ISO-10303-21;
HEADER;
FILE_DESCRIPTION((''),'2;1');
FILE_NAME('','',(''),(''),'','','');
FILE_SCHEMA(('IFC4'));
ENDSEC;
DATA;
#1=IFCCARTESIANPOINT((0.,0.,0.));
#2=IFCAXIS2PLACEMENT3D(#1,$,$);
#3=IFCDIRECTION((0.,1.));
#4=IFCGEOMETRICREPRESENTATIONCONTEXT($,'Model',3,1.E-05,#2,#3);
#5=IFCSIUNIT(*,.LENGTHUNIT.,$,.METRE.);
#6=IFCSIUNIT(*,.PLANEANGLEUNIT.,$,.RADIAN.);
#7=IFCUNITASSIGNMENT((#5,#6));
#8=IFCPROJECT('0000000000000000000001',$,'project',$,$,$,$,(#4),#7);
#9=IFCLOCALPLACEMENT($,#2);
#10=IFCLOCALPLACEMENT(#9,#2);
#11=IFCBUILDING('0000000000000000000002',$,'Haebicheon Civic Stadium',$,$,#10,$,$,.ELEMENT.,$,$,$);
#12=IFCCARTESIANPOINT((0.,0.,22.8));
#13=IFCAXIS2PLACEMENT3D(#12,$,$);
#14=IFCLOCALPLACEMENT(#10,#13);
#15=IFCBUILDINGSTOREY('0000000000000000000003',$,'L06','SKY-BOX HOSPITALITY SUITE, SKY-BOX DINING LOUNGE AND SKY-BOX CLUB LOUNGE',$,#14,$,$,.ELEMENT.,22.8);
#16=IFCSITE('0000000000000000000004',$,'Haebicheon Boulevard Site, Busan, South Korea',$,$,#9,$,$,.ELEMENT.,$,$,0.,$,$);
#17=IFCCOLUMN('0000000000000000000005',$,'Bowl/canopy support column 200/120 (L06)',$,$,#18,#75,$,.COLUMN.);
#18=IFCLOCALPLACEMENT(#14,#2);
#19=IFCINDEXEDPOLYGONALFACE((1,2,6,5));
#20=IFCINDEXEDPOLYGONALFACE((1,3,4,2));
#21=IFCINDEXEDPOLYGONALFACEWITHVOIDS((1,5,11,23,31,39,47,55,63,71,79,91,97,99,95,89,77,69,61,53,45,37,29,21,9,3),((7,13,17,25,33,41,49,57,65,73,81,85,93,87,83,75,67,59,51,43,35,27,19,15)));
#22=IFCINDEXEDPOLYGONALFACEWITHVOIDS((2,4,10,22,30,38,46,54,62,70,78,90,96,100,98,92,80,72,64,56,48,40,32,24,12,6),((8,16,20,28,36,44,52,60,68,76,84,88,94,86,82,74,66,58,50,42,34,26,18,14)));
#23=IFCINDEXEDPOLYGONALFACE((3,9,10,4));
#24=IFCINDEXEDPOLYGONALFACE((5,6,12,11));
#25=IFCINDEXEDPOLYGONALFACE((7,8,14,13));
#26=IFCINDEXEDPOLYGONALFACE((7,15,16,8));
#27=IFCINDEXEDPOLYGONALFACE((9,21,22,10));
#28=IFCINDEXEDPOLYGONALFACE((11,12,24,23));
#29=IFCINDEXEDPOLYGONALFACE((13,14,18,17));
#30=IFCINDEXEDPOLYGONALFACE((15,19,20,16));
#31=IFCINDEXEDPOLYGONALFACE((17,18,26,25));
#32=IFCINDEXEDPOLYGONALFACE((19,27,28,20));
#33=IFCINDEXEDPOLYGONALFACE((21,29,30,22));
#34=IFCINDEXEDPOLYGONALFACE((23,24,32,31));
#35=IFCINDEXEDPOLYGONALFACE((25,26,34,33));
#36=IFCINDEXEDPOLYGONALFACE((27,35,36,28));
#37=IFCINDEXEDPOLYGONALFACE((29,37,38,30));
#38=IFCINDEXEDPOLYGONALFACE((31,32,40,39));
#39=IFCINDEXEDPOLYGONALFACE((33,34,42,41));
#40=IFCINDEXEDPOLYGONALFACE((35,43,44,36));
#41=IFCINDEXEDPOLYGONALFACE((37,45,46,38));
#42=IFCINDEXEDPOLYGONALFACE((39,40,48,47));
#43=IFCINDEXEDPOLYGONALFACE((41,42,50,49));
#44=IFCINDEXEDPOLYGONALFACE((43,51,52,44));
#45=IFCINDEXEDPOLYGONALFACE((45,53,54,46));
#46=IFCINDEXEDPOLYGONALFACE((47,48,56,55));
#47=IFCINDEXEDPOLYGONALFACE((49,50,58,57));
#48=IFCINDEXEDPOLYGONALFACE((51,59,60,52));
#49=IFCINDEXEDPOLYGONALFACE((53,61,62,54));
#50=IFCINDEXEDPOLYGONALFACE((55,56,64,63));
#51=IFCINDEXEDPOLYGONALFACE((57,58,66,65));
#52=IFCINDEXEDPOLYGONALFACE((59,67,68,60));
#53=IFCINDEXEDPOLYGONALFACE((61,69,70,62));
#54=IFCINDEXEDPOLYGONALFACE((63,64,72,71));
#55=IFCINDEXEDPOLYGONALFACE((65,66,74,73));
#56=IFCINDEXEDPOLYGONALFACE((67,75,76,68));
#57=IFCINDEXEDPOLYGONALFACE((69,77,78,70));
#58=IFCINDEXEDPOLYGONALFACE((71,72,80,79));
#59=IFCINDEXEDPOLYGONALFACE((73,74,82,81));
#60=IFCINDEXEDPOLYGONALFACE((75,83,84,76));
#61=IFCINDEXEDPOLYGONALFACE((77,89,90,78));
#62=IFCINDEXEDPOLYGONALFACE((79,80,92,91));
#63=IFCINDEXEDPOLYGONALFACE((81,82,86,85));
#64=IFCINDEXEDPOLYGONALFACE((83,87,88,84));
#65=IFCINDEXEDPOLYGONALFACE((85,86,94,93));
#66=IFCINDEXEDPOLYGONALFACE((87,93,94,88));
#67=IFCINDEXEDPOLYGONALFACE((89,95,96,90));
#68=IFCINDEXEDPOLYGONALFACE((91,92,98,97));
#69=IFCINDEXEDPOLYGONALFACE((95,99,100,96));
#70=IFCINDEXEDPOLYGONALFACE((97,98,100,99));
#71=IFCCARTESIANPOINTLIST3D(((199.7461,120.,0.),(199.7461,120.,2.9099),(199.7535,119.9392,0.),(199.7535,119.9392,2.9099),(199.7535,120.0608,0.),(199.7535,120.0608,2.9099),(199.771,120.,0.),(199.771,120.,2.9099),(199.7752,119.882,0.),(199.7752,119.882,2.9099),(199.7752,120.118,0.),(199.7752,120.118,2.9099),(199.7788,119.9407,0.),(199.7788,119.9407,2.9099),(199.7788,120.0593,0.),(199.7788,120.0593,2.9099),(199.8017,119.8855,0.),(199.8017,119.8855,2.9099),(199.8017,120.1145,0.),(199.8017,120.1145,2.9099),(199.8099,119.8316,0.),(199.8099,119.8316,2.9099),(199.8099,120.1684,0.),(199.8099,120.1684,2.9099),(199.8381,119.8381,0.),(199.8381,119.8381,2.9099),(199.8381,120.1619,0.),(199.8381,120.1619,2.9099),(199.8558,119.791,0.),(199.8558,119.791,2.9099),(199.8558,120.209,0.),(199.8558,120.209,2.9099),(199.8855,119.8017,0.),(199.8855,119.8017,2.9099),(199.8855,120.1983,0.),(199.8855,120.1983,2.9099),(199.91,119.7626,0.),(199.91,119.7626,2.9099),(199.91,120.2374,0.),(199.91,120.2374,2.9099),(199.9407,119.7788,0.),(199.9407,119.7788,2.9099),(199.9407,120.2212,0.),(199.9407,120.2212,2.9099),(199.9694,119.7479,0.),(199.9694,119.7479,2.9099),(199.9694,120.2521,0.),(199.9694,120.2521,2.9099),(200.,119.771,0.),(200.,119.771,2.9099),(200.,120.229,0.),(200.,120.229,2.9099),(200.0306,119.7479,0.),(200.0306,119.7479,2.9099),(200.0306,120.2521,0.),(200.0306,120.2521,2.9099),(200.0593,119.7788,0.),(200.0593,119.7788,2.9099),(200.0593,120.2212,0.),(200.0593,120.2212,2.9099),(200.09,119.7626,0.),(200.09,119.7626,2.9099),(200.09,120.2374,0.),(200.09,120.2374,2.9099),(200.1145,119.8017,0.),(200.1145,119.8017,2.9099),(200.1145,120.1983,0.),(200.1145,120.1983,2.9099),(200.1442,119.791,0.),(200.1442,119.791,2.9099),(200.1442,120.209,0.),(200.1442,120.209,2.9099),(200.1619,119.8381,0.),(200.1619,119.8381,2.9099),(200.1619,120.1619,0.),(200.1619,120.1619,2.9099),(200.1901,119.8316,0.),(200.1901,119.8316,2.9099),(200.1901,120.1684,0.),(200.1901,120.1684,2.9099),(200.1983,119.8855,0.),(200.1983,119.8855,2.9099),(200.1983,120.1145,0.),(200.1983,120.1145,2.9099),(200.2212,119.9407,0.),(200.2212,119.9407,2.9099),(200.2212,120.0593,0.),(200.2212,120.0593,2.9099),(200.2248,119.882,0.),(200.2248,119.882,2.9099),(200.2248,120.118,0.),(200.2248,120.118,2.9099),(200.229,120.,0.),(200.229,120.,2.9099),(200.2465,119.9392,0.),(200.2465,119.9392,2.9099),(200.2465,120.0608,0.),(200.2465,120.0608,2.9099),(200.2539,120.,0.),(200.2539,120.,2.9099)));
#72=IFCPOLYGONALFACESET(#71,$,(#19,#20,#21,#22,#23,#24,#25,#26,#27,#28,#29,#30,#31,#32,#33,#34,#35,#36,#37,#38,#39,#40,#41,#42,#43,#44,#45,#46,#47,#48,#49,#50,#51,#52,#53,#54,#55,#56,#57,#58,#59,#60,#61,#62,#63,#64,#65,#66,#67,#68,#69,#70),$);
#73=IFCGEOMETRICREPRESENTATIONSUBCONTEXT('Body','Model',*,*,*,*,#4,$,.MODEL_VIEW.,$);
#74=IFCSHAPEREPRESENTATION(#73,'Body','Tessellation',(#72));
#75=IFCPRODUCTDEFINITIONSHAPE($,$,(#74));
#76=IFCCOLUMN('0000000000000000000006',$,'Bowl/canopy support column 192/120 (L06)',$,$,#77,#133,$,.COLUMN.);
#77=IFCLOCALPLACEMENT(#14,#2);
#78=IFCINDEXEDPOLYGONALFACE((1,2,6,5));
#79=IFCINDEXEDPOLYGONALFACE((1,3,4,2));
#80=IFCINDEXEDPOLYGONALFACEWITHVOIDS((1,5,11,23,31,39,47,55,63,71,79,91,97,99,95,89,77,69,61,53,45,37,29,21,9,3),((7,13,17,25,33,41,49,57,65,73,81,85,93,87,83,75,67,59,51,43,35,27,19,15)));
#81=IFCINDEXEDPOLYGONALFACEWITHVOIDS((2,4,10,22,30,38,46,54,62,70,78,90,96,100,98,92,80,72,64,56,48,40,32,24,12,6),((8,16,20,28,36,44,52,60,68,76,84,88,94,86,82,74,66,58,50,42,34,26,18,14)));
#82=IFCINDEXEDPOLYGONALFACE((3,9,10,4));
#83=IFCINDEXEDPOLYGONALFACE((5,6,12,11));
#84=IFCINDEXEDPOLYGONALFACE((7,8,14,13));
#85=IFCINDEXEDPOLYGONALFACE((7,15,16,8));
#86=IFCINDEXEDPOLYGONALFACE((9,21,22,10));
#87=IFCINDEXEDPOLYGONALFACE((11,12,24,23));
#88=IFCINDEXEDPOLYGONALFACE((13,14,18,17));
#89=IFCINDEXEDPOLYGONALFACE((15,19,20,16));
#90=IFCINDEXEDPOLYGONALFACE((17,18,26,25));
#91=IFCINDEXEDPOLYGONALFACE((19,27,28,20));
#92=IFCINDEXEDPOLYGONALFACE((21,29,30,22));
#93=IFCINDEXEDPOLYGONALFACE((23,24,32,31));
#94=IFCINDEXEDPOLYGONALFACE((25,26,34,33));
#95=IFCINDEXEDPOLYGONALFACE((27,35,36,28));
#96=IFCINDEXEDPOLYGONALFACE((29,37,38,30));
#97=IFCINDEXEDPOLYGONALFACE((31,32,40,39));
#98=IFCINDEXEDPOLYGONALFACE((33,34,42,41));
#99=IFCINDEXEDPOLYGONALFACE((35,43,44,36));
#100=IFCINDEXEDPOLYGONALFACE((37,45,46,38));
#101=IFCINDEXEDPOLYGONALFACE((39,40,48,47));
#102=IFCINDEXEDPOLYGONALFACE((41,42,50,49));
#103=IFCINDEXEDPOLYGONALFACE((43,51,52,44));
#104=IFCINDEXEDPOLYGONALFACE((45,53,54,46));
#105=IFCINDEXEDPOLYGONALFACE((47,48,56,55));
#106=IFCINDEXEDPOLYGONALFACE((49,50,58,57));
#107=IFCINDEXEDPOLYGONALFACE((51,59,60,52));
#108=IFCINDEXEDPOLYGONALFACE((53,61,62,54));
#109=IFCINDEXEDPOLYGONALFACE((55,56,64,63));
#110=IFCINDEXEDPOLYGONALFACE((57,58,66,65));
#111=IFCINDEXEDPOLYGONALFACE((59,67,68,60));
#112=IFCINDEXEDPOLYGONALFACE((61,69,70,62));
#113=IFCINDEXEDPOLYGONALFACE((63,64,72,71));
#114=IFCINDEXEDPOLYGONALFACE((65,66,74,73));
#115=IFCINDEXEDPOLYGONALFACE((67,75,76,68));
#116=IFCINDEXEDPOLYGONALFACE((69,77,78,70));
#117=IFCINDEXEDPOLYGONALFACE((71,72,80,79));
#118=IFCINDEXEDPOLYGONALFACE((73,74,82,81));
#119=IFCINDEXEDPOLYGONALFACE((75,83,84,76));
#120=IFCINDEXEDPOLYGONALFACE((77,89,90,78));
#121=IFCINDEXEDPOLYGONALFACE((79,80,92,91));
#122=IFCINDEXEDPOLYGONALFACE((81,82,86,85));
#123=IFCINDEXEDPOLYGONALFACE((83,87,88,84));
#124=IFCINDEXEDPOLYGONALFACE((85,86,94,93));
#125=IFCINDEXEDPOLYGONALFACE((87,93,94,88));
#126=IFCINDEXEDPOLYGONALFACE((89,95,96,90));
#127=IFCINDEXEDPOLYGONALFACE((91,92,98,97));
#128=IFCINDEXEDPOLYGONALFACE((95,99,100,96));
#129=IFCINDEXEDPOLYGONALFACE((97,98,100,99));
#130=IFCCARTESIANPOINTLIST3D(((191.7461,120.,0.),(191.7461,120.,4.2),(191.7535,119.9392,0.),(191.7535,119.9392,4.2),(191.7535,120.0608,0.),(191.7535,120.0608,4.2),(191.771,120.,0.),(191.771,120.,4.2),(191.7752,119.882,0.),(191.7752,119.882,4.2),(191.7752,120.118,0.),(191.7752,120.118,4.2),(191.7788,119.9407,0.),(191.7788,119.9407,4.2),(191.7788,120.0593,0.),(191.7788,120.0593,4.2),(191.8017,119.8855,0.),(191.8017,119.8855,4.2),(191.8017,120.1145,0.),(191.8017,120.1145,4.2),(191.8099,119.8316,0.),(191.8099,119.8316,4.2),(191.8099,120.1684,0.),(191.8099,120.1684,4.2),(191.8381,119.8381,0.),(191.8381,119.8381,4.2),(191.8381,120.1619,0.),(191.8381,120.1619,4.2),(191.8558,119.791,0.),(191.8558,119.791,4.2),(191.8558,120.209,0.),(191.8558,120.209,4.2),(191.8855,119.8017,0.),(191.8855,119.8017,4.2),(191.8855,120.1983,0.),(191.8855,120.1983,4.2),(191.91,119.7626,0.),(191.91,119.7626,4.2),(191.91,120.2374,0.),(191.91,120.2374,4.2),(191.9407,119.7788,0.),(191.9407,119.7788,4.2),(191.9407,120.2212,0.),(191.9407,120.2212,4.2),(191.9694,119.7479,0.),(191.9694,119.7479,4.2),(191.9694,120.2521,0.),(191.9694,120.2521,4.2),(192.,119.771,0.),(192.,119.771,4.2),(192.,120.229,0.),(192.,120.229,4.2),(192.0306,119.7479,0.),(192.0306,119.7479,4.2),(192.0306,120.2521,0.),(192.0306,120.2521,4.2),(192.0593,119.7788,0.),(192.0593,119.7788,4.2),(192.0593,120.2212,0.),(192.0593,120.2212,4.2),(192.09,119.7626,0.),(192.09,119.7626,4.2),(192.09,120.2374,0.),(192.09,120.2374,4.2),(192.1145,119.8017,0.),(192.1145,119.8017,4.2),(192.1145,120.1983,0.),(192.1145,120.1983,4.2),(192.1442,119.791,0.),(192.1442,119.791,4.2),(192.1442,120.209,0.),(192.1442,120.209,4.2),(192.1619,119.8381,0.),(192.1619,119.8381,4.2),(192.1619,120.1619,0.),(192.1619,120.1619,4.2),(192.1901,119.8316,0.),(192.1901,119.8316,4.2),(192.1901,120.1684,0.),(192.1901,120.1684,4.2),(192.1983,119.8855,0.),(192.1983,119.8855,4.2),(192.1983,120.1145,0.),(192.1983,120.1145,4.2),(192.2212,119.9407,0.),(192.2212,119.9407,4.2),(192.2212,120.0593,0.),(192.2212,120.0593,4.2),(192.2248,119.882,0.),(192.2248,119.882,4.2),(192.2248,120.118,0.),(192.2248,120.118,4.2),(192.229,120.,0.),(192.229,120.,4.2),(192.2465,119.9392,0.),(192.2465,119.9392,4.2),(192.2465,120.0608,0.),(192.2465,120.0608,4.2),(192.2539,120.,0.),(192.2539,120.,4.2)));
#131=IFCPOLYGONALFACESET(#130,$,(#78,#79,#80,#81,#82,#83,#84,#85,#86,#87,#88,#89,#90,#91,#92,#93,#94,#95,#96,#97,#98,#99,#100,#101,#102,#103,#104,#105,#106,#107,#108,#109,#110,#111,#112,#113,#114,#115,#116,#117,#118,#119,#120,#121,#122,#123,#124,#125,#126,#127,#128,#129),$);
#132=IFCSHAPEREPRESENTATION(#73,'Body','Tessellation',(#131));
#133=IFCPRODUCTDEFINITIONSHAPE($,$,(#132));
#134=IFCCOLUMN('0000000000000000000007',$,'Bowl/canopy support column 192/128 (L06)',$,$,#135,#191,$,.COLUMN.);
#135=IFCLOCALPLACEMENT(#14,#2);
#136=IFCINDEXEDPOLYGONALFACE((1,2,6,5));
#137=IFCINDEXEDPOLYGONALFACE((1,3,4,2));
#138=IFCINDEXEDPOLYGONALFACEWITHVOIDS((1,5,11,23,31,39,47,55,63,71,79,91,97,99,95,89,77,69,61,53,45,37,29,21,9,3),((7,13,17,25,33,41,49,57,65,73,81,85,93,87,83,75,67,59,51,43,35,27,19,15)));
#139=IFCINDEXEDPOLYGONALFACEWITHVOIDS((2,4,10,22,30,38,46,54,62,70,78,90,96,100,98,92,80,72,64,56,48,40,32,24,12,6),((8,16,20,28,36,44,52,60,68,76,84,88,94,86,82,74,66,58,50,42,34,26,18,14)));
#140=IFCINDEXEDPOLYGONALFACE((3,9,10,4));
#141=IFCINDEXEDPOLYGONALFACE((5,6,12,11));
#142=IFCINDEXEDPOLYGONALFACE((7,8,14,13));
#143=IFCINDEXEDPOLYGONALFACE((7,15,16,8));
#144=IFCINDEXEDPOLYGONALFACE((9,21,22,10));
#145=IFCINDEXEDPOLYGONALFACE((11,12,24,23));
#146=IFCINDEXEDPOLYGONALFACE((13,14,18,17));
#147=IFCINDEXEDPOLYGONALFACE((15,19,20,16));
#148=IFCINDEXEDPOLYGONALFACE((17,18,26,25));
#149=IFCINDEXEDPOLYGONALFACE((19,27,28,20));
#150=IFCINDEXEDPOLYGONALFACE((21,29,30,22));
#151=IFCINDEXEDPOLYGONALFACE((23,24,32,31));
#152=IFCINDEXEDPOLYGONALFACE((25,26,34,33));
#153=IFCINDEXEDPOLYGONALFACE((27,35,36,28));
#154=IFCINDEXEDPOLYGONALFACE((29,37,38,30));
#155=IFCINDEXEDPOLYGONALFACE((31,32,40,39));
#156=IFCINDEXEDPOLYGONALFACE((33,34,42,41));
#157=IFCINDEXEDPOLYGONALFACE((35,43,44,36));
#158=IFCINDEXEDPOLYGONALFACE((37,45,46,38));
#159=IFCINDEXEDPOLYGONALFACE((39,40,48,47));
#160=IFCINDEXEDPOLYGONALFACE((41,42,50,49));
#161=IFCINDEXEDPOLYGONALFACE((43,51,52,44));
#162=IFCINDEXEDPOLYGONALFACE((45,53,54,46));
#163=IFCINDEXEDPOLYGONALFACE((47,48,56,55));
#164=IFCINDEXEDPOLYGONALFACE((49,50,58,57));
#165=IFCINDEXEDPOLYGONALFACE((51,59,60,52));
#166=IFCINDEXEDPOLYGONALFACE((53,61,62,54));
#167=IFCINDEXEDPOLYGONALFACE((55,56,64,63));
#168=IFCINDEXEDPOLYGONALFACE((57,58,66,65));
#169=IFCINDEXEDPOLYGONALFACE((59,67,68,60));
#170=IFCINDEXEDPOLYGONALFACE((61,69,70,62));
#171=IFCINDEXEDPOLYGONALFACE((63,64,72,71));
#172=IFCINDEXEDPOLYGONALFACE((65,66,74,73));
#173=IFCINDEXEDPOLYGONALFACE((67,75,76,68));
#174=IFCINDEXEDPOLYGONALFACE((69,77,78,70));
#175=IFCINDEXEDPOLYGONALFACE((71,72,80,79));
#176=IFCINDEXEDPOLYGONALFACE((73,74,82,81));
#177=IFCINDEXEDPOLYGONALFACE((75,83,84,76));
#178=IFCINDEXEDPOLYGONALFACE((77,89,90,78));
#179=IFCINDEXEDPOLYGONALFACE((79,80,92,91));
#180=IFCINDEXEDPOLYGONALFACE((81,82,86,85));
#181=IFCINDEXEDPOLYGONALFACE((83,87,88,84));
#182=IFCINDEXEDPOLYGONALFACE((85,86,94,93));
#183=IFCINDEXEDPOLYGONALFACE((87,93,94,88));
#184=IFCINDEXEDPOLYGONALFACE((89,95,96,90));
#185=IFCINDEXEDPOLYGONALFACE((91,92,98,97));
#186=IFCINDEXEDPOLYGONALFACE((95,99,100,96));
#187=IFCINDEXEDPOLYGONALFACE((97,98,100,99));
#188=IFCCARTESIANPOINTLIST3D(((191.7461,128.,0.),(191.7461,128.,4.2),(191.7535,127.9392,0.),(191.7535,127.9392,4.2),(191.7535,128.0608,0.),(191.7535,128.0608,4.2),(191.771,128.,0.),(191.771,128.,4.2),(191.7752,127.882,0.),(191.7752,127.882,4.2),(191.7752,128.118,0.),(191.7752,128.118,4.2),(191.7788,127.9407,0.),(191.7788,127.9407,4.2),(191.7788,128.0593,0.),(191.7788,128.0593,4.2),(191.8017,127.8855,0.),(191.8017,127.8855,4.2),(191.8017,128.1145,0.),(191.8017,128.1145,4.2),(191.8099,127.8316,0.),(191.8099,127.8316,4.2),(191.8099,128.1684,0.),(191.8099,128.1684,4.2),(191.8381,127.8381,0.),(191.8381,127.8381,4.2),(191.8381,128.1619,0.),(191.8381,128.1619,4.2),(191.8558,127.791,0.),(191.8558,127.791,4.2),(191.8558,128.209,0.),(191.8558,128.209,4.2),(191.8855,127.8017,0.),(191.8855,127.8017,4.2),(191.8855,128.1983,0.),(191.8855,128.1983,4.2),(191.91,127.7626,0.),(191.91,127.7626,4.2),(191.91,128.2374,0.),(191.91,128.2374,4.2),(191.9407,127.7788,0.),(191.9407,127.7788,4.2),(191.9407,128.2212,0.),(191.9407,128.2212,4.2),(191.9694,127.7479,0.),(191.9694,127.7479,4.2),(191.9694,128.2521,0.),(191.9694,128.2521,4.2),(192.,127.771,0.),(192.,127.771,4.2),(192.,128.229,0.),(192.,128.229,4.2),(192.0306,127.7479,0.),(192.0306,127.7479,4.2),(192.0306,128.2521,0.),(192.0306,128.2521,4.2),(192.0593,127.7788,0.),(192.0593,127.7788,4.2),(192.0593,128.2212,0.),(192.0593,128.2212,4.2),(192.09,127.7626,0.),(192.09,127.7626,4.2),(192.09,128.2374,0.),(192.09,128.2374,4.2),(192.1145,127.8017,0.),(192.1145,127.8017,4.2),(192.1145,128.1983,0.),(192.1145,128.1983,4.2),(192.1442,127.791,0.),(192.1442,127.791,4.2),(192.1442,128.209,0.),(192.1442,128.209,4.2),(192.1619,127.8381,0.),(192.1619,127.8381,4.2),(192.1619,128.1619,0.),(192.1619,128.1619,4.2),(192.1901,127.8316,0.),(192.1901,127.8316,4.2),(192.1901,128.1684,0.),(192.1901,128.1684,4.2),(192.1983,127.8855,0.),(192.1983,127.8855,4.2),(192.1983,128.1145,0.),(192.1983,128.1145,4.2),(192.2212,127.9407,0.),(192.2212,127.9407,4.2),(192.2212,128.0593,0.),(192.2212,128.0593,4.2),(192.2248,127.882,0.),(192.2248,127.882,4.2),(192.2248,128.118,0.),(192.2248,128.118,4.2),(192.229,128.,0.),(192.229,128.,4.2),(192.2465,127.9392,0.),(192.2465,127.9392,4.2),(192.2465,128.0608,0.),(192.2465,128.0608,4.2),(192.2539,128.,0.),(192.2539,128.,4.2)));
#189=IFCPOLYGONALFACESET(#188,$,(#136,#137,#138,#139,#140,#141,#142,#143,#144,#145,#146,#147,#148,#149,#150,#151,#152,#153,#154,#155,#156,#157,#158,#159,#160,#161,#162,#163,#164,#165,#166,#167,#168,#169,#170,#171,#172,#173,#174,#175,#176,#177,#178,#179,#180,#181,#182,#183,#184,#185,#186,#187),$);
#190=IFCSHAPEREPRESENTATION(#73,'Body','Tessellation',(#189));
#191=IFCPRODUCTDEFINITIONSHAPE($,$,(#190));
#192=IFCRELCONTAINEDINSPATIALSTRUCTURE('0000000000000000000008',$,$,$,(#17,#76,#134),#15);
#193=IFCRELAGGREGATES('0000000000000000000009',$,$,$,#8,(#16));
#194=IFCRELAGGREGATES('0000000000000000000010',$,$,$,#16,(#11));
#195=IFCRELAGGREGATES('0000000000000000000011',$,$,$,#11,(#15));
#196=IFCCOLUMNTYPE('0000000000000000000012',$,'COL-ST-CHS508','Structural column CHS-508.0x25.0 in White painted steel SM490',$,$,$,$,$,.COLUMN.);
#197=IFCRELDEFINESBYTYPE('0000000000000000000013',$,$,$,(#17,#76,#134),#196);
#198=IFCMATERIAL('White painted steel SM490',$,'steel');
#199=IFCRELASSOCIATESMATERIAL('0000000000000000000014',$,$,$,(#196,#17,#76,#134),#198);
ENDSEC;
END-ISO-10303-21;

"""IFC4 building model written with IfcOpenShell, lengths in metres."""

from ifc_helpers import new_model, si_unit, direction, frame, origin, origin_2d, place, context, subcontext, project, spatial, hollow_circle, extrude, material, material_profile, profile_set, type_object, element, save


model = new_model("IFC4")

# Units and contexts
model_context = context("Model", 3, precision=1e-05, world=origin(), true_north=direction((0.0, 1.0)))
body_context = subcontext(model_context, "Body", "Model", "MODEL_VIEW")
ifc_project = project(units=[si_unit("LENGTHUNIT", "METRE"), si_unit("PLANEANGLEUNIT", "RADIAN")], contexts=[model_context])

# Site, building, storey
site_placement = place(None, origin())
site = spatial("IfcSite", under=ifc_project, at=site_placement, Name="Haebicheon Boulevard Site, Busan, South Korea", CompositionType="ELEMENT", RefElevation=0.0)
building_placement = place(site_placement, origin())
building = spatial("IfcBuilding", under=site, at=building_placement, Name="Haebicheon Civic Stadium", CompositionType="ELEMENT")
storey_placement = place(building_placement, frame((0.0, 0.0, 22.8)))
storey = spatial("IfcBuildingStorey", under=building, at=storey_placement, Name="L06", Description="SKY-BOX HOSPITALITY SUITE, SKY-BOX DINING LOUNGE AND SKY-BOX CLUB LOUNGE", CompositionType="ELEMENT", Elevation=22.8)

# Columns
ifc_material_1 = material(Name="White painted steel SM490", Category="steel")
ifc_material_profile_1 = material_profile(ifc_material_1, hollow_circle(Radius=0.2539, WallThickness=0.0249, at=origin_2d()), Name="CHS-508.0x25.0")
ifc_profile_set_1 = profile_set([ifc_material_profile_1], Name="White painted steel SM490")
column_type = type_object("IfcColumnType", Name="COL-ST-CHS508", Description="Structural column CHS-508.0x25.0 in White painted steel SM490", PredefinedType="COLUMN", material=ifc_profile_set_1)
column_placement = place(storey_placement, frame((200.0, 120.0, 0.0), z_axis=(0.0, 0.0, 1.0), x_axis=(1.0, 0.0, 0.0)))
element("IfcColumn", 1, at=column_placement, inside=storey, type_object=column_type, material=ifc_profile_set_1, Name="Bowl/canopy support column 200/120 (L06)", PredefinedType="COLUMN", context=body_context, shape_type="SweptSolid", body=[
    extrude(hollow_circle(Radius=0.2539, WallThickness=0.0249, at=origin_2d()), origin(), (0.0, 0.0, 1.0), 2.9099),
])
for number, where, z_axis, x_axis, name in (
    (2, (192.0, 120.0, 0.0), (0.0, 0.0, 1.0), (1.0, 0.0, 0.0), "Bowl/canopy support column 192/120 (L06)"),
    (3, (192.0, 128.0, 0.0), (0.0, 0.0, 1.0), (1.0, 0.0, 0.0), "Bowl/canopy support column 192/128 (L06)"),
):
    element("IfcColumn", number, at=place(storey_placement, frame(where, z_axis=z_axis, x_axis=x_axis)), inside=storey, type_object=column_type, material=ifc_profile_set_1, Name=name, PredefinedType="COLUMN", context=body_context, shape_type="SweptSolid", body=[
        extrude(hollow_circle(Radius=0.2539, WallThickness=0.0249, at=origin_2d()), origin(), (0.0, 0.0, 1.0), 4.2),
    ])

save(model, "model.ifc")
